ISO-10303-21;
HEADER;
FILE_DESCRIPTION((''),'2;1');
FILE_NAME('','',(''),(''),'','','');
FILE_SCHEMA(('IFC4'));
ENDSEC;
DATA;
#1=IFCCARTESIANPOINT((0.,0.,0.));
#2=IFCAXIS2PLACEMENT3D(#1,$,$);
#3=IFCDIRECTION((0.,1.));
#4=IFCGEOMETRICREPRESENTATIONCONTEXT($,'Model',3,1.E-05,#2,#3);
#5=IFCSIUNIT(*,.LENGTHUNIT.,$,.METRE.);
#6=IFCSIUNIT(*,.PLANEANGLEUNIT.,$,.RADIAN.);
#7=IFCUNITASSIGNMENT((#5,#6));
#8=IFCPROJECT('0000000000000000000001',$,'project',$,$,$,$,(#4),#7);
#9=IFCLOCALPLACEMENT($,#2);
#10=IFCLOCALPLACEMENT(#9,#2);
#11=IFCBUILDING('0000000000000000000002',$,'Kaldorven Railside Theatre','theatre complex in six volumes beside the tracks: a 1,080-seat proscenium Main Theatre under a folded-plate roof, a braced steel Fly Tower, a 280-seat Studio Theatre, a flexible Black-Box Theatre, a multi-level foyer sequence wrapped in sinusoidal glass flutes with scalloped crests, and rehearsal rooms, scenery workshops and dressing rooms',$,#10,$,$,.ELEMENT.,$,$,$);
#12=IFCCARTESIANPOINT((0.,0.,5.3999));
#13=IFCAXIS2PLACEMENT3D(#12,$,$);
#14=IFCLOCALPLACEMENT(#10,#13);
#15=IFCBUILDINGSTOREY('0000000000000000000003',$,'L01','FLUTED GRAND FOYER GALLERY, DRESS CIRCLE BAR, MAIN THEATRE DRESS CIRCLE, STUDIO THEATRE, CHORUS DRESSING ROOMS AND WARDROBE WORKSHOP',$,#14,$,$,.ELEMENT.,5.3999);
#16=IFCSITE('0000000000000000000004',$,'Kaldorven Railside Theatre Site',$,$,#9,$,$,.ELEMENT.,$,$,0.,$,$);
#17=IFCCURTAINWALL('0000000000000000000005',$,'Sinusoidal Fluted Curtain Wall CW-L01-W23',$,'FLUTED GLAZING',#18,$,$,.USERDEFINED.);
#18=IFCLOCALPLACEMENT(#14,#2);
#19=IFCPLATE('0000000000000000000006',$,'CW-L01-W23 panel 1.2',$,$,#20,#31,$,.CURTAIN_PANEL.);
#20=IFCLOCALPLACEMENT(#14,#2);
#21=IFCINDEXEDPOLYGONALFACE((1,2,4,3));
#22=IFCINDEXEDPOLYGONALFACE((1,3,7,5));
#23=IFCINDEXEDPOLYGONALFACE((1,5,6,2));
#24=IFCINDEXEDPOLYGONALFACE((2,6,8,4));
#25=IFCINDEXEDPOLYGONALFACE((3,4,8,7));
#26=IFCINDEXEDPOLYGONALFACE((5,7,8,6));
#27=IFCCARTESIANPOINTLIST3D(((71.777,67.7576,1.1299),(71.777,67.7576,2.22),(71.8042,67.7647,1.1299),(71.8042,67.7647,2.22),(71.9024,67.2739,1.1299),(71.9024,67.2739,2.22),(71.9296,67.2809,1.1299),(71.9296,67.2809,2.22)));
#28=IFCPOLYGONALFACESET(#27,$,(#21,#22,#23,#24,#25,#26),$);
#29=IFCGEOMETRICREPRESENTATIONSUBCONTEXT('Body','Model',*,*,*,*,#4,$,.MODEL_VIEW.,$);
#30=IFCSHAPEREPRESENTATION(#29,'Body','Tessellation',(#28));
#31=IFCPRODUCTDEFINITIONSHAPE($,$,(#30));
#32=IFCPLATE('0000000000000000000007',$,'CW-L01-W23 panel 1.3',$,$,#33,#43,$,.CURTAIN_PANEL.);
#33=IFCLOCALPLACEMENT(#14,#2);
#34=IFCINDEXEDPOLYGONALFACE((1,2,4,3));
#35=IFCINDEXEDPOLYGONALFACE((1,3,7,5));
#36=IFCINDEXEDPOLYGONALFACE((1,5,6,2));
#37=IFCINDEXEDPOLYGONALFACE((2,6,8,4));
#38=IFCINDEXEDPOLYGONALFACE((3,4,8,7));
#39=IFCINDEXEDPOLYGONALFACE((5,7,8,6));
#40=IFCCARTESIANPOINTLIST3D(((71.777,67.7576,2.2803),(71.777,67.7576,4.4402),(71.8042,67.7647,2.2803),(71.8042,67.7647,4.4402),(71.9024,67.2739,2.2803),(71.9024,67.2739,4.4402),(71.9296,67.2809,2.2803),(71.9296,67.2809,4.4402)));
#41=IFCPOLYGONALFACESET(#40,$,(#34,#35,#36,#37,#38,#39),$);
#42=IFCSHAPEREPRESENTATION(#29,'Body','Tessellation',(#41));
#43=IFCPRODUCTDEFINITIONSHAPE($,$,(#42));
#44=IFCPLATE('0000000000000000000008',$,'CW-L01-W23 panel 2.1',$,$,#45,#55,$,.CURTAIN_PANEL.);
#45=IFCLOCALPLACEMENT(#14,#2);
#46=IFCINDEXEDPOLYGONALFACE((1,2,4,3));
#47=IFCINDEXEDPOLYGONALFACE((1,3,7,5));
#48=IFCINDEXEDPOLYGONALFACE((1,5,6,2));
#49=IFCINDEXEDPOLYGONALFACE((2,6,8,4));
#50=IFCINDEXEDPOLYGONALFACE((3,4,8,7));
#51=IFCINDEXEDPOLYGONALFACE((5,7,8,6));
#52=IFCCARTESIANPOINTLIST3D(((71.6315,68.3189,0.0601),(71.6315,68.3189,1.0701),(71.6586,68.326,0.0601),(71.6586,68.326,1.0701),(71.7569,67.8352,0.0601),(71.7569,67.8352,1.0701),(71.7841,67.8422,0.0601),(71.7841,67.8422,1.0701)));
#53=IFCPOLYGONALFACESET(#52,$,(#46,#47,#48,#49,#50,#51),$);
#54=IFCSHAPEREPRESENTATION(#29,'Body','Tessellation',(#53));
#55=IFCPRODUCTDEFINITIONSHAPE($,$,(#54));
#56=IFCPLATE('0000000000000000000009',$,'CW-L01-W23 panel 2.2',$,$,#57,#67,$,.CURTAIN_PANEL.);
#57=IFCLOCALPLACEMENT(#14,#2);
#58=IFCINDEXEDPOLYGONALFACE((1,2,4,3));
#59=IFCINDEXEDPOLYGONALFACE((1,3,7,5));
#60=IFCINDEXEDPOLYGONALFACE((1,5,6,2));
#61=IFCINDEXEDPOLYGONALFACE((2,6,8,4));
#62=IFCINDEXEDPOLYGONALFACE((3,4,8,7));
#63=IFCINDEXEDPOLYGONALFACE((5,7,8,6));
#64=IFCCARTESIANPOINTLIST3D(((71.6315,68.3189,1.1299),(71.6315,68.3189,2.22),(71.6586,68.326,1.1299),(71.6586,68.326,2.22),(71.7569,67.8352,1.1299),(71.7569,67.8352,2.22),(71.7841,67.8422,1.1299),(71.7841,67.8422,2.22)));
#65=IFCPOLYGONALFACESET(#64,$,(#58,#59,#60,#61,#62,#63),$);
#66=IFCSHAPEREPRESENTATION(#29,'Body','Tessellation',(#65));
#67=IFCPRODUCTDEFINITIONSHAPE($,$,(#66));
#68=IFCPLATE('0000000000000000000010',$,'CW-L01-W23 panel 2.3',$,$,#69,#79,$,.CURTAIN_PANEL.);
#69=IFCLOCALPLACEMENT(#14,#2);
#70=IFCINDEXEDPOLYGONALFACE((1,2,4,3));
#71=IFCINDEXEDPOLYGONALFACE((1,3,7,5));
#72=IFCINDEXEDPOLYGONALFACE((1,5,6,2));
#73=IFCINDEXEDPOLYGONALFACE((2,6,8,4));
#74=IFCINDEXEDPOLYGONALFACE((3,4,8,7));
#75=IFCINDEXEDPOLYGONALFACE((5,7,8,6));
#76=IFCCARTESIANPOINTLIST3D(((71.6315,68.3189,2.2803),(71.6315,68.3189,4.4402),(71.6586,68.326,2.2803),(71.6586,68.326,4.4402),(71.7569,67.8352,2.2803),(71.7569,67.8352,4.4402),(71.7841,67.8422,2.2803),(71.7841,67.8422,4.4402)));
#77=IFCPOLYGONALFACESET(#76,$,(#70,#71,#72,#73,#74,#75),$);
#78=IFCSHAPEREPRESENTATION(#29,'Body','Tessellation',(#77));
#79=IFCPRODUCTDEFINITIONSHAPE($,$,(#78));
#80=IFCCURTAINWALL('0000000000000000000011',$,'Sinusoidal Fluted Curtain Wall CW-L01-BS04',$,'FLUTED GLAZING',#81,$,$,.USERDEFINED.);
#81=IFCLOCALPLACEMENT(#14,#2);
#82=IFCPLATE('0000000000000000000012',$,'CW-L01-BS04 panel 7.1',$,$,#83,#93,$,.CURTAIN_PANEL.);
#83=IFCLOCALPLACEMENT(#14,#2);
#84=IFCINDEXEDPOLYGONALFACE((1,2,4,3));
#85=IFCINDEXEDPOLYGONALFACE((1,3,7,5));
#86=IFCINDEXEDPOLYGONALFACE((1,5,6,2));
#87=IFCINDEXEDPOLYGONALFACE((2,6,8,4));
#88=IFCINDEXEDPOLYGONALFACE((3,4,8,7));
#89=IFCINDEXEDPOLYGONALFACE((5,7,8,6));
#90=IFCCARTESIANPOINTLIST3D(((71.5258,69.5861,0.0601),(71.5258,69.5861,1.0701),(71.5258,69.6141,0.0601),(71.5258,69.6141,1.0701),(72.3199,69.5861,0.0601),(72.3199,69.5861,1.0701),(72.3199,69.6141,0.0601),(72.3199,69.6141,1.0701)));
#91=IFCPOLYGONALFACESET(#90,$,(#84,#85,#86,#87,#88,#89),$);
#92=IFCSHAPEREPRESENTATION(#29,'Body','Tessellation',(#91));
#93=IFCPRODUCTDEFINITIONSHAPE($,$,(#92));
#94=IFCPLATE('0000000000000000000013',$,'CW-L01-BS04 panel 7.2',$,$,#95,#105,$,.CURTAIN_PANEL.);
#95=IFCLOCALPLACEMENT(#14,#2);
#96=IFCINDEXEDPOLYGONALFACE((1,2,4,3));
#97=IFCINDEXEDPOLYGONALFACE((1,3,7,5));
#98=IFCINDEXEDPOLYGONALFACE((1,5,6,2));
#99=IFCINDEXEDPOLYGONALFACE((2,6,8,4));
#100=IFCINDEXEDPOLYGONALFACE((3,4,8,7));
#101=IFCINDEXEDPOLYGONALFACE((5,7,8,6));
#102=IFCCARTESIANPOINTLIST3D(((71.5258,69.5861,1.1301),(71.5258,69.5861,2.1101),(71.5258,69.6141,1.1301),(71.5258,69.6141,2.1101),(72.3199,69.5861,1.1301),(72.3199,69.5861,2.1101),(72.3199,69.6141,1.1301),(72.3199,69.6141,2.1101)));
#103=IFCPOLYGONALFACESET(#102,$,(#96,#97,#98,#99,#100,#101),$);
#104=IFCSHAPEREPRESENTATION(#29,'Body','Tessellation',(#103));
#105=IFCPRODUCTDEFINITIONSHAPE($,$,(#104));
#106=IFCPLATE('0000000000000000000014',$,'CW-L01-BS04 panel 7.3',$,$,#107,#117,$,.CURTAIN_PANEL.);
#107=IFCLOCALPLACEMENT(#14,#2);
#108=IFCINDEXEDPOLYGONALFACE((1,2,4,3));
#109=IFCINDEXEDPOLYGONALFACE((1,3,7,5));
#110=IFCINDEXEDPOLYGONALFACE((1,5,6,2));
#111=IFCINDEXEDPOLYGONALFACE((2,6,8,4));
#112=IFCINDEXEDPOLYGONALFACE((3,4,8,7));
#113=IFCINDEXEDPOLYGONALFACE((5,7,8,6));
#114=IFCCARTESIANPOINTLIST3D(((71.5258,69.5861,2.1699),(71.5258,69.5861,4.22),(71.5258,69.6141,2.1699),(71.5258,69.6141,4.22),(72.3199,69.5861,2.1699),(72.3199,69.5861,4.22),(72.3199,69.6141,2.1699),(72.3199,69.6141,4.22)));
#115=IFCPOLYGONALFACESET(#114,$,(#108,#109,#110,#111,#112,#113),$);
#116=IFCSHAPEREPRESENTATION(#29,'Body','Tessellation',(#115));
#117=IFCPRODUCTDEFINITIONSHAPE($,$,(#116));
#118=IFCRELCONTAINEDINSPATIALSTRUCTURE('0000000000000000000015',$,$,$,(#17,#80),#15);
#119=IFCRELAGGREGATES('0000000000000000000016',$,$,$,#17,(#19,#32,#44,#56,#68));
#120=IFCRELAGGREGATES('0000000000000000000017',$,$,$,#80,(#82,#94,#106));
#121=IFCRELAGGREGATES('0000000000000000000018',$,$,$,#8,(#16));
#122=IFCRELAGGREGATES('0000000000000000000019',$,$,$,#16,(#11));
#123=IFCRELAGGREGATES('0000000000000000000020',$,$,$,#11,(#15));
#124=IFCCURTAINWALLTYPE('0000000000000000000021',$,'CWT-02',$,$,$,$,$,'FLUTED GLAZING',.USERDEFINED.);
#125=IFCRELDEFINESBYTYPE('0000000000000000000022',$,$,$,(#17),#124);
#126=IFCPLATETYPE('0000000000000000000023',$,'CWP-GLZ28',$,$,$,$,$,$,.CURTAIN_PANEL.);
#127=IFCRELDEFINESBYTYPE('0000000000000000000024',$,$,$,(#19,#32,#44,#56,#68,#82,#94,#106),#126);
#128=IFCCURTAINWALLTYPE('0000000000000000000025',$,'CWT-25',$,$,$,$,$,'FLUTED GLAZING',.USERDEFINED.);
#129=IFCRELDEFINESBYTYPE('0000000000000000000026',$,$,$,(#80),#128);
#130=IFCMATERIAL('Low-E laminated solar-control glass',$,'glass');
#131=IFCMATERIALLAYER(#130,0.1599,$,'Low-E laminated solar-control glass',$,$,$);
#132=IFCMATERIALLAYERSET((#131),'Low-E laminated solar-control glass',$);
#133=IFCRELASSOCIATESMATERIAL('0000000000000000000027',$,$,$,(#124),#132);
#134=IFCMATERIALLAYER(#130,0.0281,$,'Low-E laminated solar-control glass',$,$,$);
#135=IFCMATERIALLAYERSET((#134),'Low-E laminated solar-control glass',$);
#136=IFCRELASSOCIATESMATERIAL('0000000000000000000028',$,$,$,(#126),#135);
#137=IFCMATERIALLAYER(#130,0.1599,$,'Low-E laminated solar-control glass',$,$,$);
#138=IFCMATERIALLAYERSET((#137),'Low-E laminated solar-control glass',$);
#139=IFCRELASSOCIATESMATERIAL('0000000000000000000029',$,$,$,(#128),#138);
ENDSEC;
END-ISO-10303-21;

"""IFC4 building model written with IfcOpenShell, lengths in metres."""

from ifc_helpers import new_model, si_unit, direction, frame, origin, origin_2d, place, context, subcontext, project, spatial, rectangle, extrude, material, layer, layer_set, type_object, element, aggregate, save


model = new_model("IFC4")

# Units and contexts
model_context = context("Model", 3, precision=1e-05, world=origin(), true_north=direction((0.0, 1.0)))
body_context = subcontext(model_context, "Body", "Model", "MODEL_VIEW")
ifc_project = project(units=[si_unit("LENGTHUNIT", "METRE"), si_unit("PLANEANGLEUNIT", "RADIAN")], contexts=[model_context])

# Site, building, storey
site_placement = place(None, origin())
site = spatial("IfcSite", under=ifc_project, at=site_placement, Name="Kaldorven Railside Theatre Site", CompositionType="ELEMENT", RefElevation=0.0)
building_placement = place(site_placement, origin())
building = spatial("IfcBuilding", under=site, at=building_placement, Name="Kaldorven Railside Theatre", Description="theatre complex in six volumes beside the tracks: a 1,080-seat proscenium Main Theatre under a folded-plate roof, a braced steel Fly Tower, a 280-seat Studio Theatre, a flexible Black-Box Theatre, a multi-level foyer sequence wrapped in sinusoidal glass flutes with scalloped crests, and rehearsal rooms, scenery workshops and dressing rooms", CompositionType="ELEMENT")
storey_placement = place(building_placement, frame((0.0, 0.0, 5.3999)))
storey = spatial("IfcBuildingStorey", under=building, at=storey_placement, Name="L01", Description="FLUTED GRAND FOYER GALLERY, DRESS CIRCLE BAR, MAIN THEATRE DRESS CIRCLE, STUDIO THEATRE, CHORUS DRESSING ROOMS AND WARDROBE WORKSHOP", CompositionType="ELEMENT", Elevation=5.3999)

# Shared definitions
ifc_material_1 = material(Name="Low-E laminated solar-control glass", Category="glass")

# Curtain wall
ifc_layer_1 = layer(ifc_material_1, 0.1599, Name="Low-E laminated solar-control glass")
ifc_layer_set_1 = layer_set([ifc_layer_1], Name="Low-E laminated solar-control glass")
curtain_wall_type_1 = type_object("IfcCurtainWallType", Name="CWT-02", ElementType="FLUTED GLAZING", PredefinedType="USERDEFINED", material=ifc_layer_set_1)
curtain_wall_1_placement = place(storey_placement, origin())
curtain_wall_1 = element("IfcCurtainWall", 1, at=curtain_wall_1_placement, inside=storey, type_object=curtain_wall_type_1, Name="Sinusoidal Fluted Curtain Wall CW-L01-W23", ObjectType="FLUTED GLAZING", PredefinedType="USERDEFINED")

# Plates
ifc_layer_2 = layer(ifc_material_1, 0.0281, Name="Low-E laminated solar-control glass")
ifc_layer_set_2 = layer_set([ifc_layer_2], Name="Low-E laminated solar-control glass")
plate_type = type_object("IfcPlateType", Name="CWP-GLZ28", PredefinedType="CURTAIN_PANEL", material=ifc_layer_set_2)
plate_1_placement = place(storey_placement, frame((71.8533, 67.5193, 1.1299), z_axis=(0.0, 0.0, 1.0), x_axis=(-0.250954, 0.967999, 0.0)))
plate_1 = element("IfcPlate", 2, at=plate_1_placement, type_object=plate_type, Name="CW-L01-W23 panel 1.2", PredefinedType="CURTAIN_PANEL", context=body_context, shape_type="SweptSolid", body=[
    extrude(rectangle(XDim=0.4998, YDim=0.0281, at=origin_2d()), origin(), (0.0, 0.0, 1.0), 1.0901),
])
plate_2_placement = place(storey_placement, frame((71.8533, 67.5193, 2.2803), z_axis=(0.0, 0.0, 1.0), x_axis=(-0.250954, 0.967999, 0.0)))
plate_2 = element("IfcPlate", 3, at=plate_2_placement, type_object=plate_type, Name="CW-L01-W23 panel 1.3", PredefinedType="CURTAIN_PANEL", context=body_context, shape_type="SweptSolid", body=[
    extrude(rectangle(XDim=0.4998, YDim=0.0281, at=origin_2d()), origin(), (0.0, 0.0, 1.0), 2.1599),
])
plate_3_placement = place(storey_placement, frame((71.7078, 68.0806, 0.0601), z_axis=(0.0, 0.0, 1.0), x_axis=(-0.250954, 0.967999, 0.0)))
plate_3 = element("IfcPlate", 4, at=plate_3_placement, type_object=plate_type, Name="CW-L01-W23 panel 2.1", PredefinedType="CURTAIN_PANEL", context=body_context, shape_type="SweptSolid", body=[
    extrude(rectangle(XDim=0.4998, YDim=0.0281, at=origin_2d()), origin(), (0.0, 0.0, 1.0), 1.01),
])
plate_4_placement = place(storey_placement, frame((71.7078, 68.0806, 1.1299), z_axis=(0.0, 0.0, 1.0), x_axis=(-0.250954, 0.967999, 0.0)))
plate_4 = element("IfcPlate", 5, at=plate_4_placement, type_object=plate_type, Name="CW-L01-W23 panel 2.2", PredefinedType="CURTAIN_PANEL", context=body_context, shape_type="SweptSolid", body=[
    extrude(rectangle(XDim=0.4998, YDim=0.0281, at=origin_2d()), origin(), (0.0, 0.0, 1.0), 1.0901),
])
plate_5_placement = place(storey_placement, frame((71.7078, 68.0806, 2.2803), z_axis=(0.0, 0.0, 1.0), x_axis=(-0.250954, 0.967999, 0.0)))
plate_5 = element("IfcPlate", 6, at=plate_5_placement, type_object=plate_type, Name="CW-L01-W23 panel 2.3", PredefinedType="CURTAIN_PANEL", context=body_context, shape_type="SweptSolid", body=[
    extrude(rectangle(XDim=0.4998, YDim=0.0281, at=origin_2d()), origin(), (0.0, 0.0, 1.0), 2.1599),
])
aggregate(curtain_wall_1, [plate_1, plate_2, plate_3, plate_4, plate_5])

# Curtain wall, plates
ifc_layer_3 = layer(ifc_material_1, 0.1599, Name="Low-E laminated solar-control glass")
ifc_layer_set_3 = layer_set([ifc_layer_3], Name="Low-E laminated solar-control glass")
curtain_wall_type_2 = type_object("IfcCurtainWallType", Name="CWT-25", ElementType="FLUTED GLAZING", PredefinedType="USERDEFINED", material=ifc_layer_set_3)
curtain_wall_2_placement = place(storey_placement, origin())
curtain_wall_2 = element("IfcCurtainWall", 7, at=curtain_wall_2_placement, inside=storey, type_object=curtain_wall_type_2, Name="Sinusoidal Fluted Curtain Wall CW-L01-BS04", ObjectType="FLUTED GLAZING", PredefinedType="USERDEFINED")
plate_6_placement = place(storey_placement, frame((71.9229, 69.6001, 0.0601), z_axis=(0.0, 0.0, 1.0), x_axis=(1.0, 0.0, 0.0)))
plate_6 = element("IfcPlate", 8, at=plate_6_placement, type_object=plate_type, Name="CW-L01-BS04 panel 7.1", PredefinedType="CURTAIN_PANEL", context=body_context, shape_type="SweptSolid", body=[
    extrude(rectangle(XDim=0.7942, YDim=0.0281, at=origin_2d()), origin(), (0.0, 0.0, 1.0), 1.01),
])
plate_7_placement = place(storey_placement, frame((71.9229, 69.6001, 1.1301), z_axis=(0.0, 0.0, 1.0), x_axis=(1.0, 0.0, 0.0)))
plate_7 = element("IfcPlate", 9, at=plate_7_placement, type_object=plate_type, Name="CW-L01-BS04 panel 7.2", PredefinedType="CURTAIN_PANEL", context=body_context, shape_type="SweptSolid", body=[
    extrude(rectangle(XDim=0.7942, YDim=0.0281, at=origin_2d()), origin(), (0.0, 0.0, 1.0), 0.98),
])
plate_8_placement = place(storey_placement, frame((71.9229, 69.6001, 2.1699), z_axis=(0.0, 0.0, 1.0), x_axis=(1.0, 0.0, 0.0)))
plate_8 = element("IfcPlate", 10, at=plate_8_placement, type_object=plate_type, Name="CW-L01-BS04 panel 7.3", PredefinedType="CURTAIN_PANEL", context=body_context, shape_type="SweptSolid", body=[
    extrude(rectangle(XDim=0.7942, YDim=0.0281, at=origin_2d()), origin(), (0.0, 0.0, 1.0), 2.05),
])
aggregate(curtain_wall_2, [plate_6, plate_7, plate_8])

save(model, "model.ifc")
